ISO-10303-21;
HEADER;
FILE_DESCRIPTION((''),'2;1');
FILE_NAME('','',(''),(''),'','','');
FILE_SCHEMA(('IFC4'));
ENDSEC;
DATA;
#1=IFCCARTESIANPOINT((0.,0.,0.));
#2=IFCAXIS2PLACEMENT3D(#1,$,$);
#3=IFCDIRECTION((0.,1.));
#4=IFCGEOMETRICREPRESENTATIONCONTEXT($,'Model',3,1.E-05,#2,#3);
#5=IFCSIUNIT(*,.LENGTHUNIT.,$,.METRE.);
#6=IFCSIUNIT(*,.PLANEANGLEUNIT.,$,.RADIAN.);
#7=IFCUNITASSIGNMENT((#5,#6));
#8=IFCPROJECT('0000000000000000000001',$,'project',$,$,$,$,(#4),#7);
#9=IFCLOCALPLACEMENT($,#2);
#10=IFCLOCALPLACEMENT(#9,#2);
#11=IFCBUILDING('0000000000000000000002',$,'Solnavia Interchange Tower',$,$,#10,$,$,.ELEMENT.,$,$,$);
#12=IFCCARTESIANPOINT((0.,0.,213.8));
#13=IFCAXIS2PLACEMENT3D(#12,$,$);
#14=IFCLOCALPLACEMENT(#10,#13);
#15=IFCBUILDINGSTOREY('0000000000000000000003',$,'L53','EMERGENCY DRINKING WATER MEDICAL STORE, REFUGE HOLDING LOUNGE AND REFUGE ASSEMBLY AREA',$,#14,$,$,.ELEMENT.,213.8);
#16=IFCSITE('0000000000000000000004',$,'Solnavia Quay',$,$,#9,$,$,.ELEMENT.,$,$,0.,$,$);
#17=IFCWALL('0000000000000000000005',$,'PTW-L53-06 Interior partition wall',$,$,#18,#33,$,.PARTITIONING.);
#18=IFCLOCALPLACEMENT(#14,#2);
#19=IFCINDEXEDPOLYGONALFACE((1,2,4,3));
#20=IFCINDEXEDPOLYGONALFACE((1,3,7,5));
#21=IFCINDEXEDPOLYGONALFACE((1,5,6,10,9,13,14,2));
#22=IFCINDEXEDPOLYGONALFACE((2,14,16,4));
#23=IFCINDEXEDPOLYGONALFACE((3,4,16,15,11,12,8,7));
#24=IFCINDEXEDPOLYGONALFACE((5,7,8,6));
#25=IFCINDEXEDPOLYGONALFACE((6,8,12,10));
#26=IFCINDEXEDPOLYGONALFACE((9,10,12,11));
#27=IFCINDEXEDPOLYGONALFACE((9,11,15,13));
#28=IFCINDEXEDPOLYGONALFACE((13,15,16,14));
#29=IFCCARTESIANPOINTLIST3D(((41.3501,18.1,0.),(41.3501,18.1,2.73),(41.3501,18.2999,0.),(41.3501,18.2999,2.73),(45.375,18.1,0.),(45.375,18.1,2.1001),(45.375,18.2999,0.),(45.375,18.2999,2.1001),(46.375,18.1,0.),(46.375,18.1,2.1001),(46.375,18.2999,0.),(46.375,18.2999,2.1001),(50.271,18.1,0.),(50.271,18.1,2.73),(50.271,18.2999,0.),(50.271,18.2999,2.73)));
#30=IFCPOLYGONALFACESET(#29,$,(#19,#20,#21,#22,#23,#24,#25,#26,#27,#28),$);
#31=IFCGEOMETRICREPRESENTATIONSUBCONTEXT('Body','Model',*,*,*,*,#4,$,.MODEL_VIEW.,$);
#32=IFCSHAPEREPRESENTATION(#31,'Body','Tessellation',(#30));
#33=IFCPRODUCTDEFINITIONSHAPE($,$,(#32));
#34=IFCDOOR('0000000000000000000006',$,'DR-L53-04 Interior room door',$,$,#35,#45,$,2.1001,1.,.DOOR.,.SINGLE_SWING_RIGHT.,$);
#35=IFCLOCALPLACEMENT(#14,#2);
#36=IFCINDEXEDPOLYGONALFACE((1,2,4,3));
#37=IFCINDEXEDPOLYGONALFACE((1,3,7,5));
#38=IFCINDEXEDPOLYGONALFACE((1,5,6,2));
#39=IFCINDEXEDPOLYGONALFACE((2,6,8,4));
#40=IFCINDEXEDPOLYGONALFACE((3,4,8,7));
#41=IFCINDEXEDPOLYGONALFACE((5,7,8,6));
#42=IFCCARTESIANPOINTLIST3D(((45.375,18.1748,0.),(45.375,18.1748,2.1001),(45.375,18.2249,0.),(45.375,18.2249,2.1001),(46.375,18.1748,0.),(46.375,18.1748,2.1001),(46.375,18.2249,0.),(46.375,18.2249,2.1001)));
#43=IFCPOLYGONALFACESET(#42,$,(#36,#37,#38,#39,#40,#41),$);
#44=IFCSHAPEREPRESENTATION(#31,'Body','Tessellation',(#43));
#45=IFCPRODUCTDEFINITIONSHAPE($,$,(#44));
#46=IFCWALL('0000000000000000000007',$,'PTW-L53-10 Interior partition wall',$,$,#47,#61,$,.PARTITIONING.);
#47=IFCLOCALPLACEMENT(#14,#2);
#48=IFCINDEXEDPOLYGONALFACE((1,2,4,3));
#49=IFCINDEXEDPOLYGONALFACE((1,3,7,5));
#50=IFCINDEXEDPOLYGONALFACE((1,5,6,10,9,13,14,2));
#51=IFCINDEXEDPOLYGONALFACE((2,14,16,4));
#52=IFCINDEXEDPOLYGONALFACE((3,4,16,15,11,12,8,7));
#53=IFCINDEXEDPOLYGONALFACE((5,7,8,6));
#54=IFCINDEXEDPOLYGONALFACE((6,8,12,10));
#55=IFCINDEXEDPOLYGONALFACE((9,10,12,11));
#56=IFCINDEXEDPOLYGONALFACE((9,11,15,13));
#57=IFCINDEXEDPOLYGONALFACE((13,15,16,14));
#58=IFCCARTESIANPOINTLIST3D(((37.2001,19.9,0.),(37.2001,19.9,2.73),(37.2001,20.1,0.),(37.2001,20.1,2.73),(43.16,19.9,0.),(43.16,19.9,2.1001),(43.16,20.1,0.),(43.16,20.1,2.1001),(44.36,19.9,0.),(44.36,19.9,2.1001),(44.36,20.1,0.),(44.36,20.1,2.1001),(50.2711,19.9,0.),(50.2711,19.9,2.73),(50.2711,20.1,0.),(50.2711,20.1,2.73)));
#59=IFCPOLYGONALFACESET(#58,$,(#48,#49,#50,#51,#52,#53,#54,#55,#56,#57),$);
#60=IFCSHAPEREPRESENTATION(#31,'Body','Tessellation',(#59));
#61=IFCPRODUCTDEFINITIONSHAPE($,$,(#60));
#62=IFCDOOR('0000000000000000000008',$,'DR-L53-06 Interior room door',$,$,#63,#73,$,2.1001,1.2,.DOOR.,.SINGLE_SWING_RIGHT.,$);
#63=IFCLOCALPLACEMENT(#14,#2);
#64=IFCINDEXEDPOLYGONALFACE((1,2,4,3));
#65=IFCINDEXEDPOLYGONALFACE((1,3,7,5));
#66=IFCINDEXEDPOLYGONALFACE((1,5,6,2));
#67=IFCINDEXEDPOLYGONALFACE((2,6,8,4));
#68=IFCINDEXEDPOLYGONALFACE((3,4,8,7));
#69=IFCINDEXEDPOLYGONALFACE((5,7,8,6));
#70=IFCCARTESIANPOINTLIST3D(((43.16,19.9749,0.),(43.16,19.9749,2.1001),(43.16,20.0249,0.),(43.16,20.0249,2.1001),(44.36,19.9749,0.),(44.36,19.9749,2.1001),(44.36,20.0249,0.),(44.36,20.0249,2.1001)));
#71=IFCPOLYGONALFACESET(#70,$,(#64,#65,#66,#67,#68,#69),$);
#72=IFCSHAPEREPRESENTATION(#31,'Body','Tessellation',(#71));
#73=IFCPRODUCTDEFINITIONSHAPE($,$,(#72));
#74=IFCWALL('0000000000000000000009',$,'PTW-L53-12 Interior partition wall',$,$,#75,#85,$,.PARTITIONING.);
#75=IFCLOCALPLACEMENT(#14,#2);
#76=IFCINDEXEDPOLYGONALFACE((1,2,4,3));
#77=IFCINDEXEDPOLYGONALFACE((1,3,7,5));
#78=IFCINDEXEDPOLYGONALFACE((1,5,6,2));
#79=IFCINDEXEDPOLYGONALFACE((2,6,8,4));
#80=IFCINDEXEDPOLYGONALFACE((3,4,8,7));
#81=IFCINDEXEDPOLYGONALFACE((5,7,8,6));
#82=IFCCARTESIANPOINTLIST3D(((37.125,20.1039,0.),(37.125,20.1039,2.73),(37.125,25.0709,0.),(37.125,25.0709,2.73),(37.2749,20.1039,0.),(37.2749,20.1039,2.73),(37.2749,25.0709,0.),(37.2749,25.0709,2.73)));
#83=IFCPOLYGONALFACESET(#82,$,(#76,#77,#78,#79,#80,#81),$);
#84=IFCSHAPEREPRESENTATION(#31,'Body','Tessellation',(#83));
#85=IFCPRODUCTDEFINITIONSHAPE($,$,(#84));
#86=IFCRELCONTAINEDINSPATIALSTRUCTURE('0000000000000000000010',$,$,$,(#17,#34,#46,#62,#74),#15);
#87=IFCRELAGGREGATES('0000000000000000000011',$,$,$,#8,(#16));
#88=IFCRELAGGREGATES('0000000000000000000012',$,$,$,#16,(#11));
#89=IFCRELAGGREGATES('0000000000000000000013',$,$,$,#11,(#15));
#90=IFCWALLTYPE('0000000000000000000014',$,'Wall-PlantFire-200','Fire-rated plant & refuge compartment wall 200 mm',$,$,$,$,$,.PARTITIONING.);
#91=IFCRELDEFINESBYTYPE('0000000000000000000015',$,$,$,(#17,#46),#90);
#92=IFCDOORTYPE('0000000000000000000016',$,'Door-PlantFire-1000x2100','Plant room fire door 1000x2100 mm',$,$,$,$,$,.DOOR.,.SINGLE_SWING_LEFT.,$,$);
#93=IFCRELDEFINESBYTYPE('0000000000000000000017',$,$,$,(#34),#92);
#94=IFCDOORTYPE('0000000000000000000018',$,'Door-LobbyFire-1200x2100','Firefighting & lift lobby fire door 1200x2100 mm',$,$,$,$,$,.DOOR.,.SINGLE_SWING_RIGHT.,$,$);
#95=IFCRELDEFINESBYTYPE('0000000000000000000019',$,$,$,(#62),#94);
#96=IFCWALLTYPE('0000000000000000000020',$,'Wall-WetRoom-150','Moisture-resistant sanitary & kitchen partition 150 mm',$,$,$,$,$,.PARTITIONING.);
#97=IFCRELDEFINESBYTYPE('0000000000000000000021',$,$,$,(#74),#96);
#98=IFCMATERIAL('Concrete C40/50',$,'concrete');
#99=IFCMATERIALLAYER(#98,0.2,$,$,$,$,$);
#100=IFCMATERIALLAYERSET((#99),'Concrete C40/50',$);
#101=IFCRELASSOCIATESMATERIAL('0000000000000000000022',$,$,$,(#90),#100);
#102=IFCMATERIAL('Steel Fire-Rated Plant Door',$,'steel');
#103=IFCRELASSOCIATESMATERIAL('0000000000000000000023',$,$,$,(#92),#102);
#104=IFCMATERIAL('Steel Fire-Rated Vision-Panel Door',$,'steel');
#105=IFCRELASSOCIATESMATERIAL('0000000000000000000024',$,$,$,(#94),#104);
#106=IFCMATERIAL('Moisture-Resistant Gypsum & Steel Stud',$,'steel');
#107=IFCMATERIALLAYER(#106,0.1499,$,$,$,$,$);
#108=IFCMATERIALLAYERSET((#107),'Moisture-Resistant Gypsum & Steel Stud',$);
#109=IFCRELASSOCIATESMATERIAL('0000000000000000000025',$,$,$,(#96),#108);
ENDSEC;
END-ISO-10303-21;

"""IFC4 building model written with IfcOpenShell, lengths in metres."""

from ifc_helpers import new_model, si_unit, direction, frame, frame_2d, origin, place, context, subcontext, project, spatial, rectangle, extrude, material, layer, layer_set, type_object, element, fill, save


model = new_model("IFC4")

# Units and contexts
model_context = context("Model", 3, precision=1e-05, world=origin(), true_north=direction((0.0, 1.0)))
body_context = subcontext(model_context, "Body", "Model", "MODEL_VIEW")
ifc_project = project(units=[si_unit("LENGTHUNIT", "METRE"), si_unit("PLANEANGLEUNIT", "RADIAN")], contexts=[model_context])

# Site, building, storey
site_placement = place(None, origin())
site = spatial("IfcSite", under=ifc_project, at=site_placement, Name="Solnavia Quay", CompositionType="ELEMENT", RefElevation=0.0)
building_placement = place(site_placement, origin())
building = spatial("IfcBuilding", under=site, at=building_placement, Name="Solnavia Interchange Tower", CompositionType="ELEMENT")
storey_placement = place(building_placement, frame((0.0, 0.0, 213.8)))
storey = spatial("IfcBuildingStorey", under=building, at=storey_placement, Name="L53", Description="EMERGENCY DRINKING WATER MEDICAL STORE, REFUGE HOLDING LOUNGE AND REFUGE ASSEMBLY AREA", CompositionType="ELEMENT", Elevation=213.8)

# Shared definitions
ifc_material_1 = material(Name="Concrete C40/50", Category="concrete")

# Walls, openings, doors
ifc_layer_1 = layer(ifc_material_1, 0.2)
ifc_layer_set_1 = layer_set([ifc_layer_1], Name="Concrete C40/50")
wall_type_1 = type_object("IfcWallType", Name="Wall-PlantFire-200", Description="Fire-rated plant & refuge compartment wall 200 mm", PredefinedType="PARTITIONING", material=ifc_layer_set_1)
wall_1_placement = place(storey_placement, frame((41.3501, 18.2, 0.0), z_axis=(0.0, 0.0, 1.0), x_axis=(1.0, 0.0, 0.0)))
wall_1 = element("IfcWall", 1, at=wall_1_placement, inside=storey, type_object=wall_type_1, Name="PTW-L53-06 Interior partition wall", PredefinedType="PARTITIONING", context=body_context, shape_type="SweptSolid", body=[
    extrude(rectangle(XDim=8.9209, YDim=0.2, at=frame_2d((4.4604, 0.0))), origin(), (0.0, 0.0, 1.0), 2.73),
])
opening_1_placement = place(wall_1_placement, frame((4.0249, 0.0, 0.0)))
opening_1 = element("IfcOpeningElement", 2, at=opening_1_placement, cuts=wall_1, PredefinedType="OPENING", context=body_context, shape_type="SweptSolid", body=[
    extrude(rectangle(XDim=1.0, YDim=2.1001, at=frame_2d((0.5, 1.05))), frame((0.0, 0.1099, 0.0), z_axis=(0.0, -1.0, 0.0), x_axis=(1.0, 0.0, 0.0)), (0.0, 0.0, 1.0), 0.22),
])
ifc_material_2 = material(Name="Steel Fire-Rated Plant Door", Category="steel")
door_type_1 = type_object("IfcDoorType", Name="Door-PlantFire-1000x2100", Description="Plant room fire door 1000x2100 mm", OperationType="SINGLE_SWING_LEFT", PredefinedType="DOOR", material=ifc_material_2)
door_1_placement = place(opening_1_placement, origin())
door_1 = element("IfcDoor", 3, at=door_1_placement, inside=storey, type_object=door_type_1, Name="DR-L53-04 Interior room door", OperationType="SINGLE_SWING_RIGHT", OverallHeight=2.1001, OverallWidth=1.0, PredefinedType="DOOR", context=body_context, shape_type="SweptSolid", body=[
    extrude(rectangle(XDim=1.0, YDim=2.1001, at=frame_2d((0.5, 1.05))), frame((0.0, 0.0249, 0.0), z_axis=(0.0, -1.0, 0.0), x_axis=(1.0, 0.0, 0.0)), (0.0, 0.0, 1.0), 0.05),
])
fill(opening_1, door_1)
wall_2_placement = place(storey_placement, frame((37.2, 20.0, 0.0), z_axis=(0.0, 0.0, 1.0), x_axis=(1.0, 0.0, 0.0)))
wall_2 = element("IfcWall", 4, at=wall_2_placement, inside=storey, type_object=wall_type_1, Name="PTW-L53-10 Interior partition wall", PredefinedType="PARTITIONING", context=body_context, shape_type="SweptSolid", body=[
    extrude(rectangle(XDim=13.071, YDim=0.2, at=frame_2d((6.5356, 0.0))), origin(), (0.0, 0.0, 1.0), 2.73),
])
opening_2_placement = place(wall_2_placement, frame((5.96, 0.0, 0.0)))
opening_2 = element("IfcOpeningElement", 5, at=opening_2_placement, cuts=wall_2, PredefinedType="OPENING", context=body_context, shape_type="SweptSolid", body=[
    extrude(rectangle(XDim=1.2, YDim=2.1001, at=frame_2d((0.6001, 1.05))), frame((0.0, 0.1099, 0.0), z_axis=(0.0, -1.0, 0.0), x_axis=(1.0, 0.0, 0.0)), (0.0, 0.0, 1.0), 0.22),
])
ifc_material_3 = material(Name="Steel Fire-Rated Vision-Panel Door", Category="steel")
door_type_2 = type_object("IfcDoorType", Name="Door-LobbyFire-1200x2100", Description="Firefighting & lift lobby fire door 1200x2100 mm", OperationType="SINGLE_SWING_RIGHT", PredefinedType="DOOR", material=ifc_material_3)
door_2_placement = place(opening_2_placement, origin())
door_2 = element("IfcDoor", 6, at=door_2_placement, inside=storey, type_object=door_type_2, Name="DR-L53-06 Interior room door", OperationType="SINGLE_SWING_RIGHT", OverallHeight=2.1001, OverallWidth=1.2, PredefinedType="DOOR", context=body_context, shape_type="SweptSolid", body=[
    extrude(rectangle(XDim=1.2, YDim=2.1001, at=frame_2d((0.6001, 1.05))), frame((0.0, 0.0249, 0.0), z_axis=(0.0, -1.0, 0.0), x_axis=(1.0, 0.0, 0.0)), (0.0, 0.0, 1.0), 0.05),
])
fill(opening_2, door_2)

# Wall
ifc_material_4 = material(Name="Moisture-Resistant Gypsum & Steel Stud", Category="steel")
ifc_layer_2 = layer(ifc_material_4, 0.1499)
ifc_layer_set_2 = layer_set([ifc_layer_2], Name="Moisture-Resistant Gypsum & Steel Stud")
wall_type_2 = type_object("IfcWallType", Name="Wall-WetRoom-150", Description="Moisture-resistant sanitary & kitchen partition 150 mm", PredefinedType="PARTITIONING", material=ifc_layer_set_2)
wall_3_placement = place(storey_placement, frame((37.2, 20.104, 0.0), z_axis=(0.0, 0.0, 1.0), x_axis=(0.0, 1.0, 0.0)))
element("IfcWall", 7, at=wall_3_placement, inside=storey, type_object=wall_type_2, Name="PTW-L53-12 Interior partition wall", PredefinedType="PARTITIONING", context=body_context, shape_type="SweptSolid", body=[
    extrude(rectangle(XDim=4.967, YDim=0.1499, at=frame_2d((2.4834, 0.0))), origin(), (0.0, 0.0, 1.0), 2.73),
])

save(model, "model.ifc")
